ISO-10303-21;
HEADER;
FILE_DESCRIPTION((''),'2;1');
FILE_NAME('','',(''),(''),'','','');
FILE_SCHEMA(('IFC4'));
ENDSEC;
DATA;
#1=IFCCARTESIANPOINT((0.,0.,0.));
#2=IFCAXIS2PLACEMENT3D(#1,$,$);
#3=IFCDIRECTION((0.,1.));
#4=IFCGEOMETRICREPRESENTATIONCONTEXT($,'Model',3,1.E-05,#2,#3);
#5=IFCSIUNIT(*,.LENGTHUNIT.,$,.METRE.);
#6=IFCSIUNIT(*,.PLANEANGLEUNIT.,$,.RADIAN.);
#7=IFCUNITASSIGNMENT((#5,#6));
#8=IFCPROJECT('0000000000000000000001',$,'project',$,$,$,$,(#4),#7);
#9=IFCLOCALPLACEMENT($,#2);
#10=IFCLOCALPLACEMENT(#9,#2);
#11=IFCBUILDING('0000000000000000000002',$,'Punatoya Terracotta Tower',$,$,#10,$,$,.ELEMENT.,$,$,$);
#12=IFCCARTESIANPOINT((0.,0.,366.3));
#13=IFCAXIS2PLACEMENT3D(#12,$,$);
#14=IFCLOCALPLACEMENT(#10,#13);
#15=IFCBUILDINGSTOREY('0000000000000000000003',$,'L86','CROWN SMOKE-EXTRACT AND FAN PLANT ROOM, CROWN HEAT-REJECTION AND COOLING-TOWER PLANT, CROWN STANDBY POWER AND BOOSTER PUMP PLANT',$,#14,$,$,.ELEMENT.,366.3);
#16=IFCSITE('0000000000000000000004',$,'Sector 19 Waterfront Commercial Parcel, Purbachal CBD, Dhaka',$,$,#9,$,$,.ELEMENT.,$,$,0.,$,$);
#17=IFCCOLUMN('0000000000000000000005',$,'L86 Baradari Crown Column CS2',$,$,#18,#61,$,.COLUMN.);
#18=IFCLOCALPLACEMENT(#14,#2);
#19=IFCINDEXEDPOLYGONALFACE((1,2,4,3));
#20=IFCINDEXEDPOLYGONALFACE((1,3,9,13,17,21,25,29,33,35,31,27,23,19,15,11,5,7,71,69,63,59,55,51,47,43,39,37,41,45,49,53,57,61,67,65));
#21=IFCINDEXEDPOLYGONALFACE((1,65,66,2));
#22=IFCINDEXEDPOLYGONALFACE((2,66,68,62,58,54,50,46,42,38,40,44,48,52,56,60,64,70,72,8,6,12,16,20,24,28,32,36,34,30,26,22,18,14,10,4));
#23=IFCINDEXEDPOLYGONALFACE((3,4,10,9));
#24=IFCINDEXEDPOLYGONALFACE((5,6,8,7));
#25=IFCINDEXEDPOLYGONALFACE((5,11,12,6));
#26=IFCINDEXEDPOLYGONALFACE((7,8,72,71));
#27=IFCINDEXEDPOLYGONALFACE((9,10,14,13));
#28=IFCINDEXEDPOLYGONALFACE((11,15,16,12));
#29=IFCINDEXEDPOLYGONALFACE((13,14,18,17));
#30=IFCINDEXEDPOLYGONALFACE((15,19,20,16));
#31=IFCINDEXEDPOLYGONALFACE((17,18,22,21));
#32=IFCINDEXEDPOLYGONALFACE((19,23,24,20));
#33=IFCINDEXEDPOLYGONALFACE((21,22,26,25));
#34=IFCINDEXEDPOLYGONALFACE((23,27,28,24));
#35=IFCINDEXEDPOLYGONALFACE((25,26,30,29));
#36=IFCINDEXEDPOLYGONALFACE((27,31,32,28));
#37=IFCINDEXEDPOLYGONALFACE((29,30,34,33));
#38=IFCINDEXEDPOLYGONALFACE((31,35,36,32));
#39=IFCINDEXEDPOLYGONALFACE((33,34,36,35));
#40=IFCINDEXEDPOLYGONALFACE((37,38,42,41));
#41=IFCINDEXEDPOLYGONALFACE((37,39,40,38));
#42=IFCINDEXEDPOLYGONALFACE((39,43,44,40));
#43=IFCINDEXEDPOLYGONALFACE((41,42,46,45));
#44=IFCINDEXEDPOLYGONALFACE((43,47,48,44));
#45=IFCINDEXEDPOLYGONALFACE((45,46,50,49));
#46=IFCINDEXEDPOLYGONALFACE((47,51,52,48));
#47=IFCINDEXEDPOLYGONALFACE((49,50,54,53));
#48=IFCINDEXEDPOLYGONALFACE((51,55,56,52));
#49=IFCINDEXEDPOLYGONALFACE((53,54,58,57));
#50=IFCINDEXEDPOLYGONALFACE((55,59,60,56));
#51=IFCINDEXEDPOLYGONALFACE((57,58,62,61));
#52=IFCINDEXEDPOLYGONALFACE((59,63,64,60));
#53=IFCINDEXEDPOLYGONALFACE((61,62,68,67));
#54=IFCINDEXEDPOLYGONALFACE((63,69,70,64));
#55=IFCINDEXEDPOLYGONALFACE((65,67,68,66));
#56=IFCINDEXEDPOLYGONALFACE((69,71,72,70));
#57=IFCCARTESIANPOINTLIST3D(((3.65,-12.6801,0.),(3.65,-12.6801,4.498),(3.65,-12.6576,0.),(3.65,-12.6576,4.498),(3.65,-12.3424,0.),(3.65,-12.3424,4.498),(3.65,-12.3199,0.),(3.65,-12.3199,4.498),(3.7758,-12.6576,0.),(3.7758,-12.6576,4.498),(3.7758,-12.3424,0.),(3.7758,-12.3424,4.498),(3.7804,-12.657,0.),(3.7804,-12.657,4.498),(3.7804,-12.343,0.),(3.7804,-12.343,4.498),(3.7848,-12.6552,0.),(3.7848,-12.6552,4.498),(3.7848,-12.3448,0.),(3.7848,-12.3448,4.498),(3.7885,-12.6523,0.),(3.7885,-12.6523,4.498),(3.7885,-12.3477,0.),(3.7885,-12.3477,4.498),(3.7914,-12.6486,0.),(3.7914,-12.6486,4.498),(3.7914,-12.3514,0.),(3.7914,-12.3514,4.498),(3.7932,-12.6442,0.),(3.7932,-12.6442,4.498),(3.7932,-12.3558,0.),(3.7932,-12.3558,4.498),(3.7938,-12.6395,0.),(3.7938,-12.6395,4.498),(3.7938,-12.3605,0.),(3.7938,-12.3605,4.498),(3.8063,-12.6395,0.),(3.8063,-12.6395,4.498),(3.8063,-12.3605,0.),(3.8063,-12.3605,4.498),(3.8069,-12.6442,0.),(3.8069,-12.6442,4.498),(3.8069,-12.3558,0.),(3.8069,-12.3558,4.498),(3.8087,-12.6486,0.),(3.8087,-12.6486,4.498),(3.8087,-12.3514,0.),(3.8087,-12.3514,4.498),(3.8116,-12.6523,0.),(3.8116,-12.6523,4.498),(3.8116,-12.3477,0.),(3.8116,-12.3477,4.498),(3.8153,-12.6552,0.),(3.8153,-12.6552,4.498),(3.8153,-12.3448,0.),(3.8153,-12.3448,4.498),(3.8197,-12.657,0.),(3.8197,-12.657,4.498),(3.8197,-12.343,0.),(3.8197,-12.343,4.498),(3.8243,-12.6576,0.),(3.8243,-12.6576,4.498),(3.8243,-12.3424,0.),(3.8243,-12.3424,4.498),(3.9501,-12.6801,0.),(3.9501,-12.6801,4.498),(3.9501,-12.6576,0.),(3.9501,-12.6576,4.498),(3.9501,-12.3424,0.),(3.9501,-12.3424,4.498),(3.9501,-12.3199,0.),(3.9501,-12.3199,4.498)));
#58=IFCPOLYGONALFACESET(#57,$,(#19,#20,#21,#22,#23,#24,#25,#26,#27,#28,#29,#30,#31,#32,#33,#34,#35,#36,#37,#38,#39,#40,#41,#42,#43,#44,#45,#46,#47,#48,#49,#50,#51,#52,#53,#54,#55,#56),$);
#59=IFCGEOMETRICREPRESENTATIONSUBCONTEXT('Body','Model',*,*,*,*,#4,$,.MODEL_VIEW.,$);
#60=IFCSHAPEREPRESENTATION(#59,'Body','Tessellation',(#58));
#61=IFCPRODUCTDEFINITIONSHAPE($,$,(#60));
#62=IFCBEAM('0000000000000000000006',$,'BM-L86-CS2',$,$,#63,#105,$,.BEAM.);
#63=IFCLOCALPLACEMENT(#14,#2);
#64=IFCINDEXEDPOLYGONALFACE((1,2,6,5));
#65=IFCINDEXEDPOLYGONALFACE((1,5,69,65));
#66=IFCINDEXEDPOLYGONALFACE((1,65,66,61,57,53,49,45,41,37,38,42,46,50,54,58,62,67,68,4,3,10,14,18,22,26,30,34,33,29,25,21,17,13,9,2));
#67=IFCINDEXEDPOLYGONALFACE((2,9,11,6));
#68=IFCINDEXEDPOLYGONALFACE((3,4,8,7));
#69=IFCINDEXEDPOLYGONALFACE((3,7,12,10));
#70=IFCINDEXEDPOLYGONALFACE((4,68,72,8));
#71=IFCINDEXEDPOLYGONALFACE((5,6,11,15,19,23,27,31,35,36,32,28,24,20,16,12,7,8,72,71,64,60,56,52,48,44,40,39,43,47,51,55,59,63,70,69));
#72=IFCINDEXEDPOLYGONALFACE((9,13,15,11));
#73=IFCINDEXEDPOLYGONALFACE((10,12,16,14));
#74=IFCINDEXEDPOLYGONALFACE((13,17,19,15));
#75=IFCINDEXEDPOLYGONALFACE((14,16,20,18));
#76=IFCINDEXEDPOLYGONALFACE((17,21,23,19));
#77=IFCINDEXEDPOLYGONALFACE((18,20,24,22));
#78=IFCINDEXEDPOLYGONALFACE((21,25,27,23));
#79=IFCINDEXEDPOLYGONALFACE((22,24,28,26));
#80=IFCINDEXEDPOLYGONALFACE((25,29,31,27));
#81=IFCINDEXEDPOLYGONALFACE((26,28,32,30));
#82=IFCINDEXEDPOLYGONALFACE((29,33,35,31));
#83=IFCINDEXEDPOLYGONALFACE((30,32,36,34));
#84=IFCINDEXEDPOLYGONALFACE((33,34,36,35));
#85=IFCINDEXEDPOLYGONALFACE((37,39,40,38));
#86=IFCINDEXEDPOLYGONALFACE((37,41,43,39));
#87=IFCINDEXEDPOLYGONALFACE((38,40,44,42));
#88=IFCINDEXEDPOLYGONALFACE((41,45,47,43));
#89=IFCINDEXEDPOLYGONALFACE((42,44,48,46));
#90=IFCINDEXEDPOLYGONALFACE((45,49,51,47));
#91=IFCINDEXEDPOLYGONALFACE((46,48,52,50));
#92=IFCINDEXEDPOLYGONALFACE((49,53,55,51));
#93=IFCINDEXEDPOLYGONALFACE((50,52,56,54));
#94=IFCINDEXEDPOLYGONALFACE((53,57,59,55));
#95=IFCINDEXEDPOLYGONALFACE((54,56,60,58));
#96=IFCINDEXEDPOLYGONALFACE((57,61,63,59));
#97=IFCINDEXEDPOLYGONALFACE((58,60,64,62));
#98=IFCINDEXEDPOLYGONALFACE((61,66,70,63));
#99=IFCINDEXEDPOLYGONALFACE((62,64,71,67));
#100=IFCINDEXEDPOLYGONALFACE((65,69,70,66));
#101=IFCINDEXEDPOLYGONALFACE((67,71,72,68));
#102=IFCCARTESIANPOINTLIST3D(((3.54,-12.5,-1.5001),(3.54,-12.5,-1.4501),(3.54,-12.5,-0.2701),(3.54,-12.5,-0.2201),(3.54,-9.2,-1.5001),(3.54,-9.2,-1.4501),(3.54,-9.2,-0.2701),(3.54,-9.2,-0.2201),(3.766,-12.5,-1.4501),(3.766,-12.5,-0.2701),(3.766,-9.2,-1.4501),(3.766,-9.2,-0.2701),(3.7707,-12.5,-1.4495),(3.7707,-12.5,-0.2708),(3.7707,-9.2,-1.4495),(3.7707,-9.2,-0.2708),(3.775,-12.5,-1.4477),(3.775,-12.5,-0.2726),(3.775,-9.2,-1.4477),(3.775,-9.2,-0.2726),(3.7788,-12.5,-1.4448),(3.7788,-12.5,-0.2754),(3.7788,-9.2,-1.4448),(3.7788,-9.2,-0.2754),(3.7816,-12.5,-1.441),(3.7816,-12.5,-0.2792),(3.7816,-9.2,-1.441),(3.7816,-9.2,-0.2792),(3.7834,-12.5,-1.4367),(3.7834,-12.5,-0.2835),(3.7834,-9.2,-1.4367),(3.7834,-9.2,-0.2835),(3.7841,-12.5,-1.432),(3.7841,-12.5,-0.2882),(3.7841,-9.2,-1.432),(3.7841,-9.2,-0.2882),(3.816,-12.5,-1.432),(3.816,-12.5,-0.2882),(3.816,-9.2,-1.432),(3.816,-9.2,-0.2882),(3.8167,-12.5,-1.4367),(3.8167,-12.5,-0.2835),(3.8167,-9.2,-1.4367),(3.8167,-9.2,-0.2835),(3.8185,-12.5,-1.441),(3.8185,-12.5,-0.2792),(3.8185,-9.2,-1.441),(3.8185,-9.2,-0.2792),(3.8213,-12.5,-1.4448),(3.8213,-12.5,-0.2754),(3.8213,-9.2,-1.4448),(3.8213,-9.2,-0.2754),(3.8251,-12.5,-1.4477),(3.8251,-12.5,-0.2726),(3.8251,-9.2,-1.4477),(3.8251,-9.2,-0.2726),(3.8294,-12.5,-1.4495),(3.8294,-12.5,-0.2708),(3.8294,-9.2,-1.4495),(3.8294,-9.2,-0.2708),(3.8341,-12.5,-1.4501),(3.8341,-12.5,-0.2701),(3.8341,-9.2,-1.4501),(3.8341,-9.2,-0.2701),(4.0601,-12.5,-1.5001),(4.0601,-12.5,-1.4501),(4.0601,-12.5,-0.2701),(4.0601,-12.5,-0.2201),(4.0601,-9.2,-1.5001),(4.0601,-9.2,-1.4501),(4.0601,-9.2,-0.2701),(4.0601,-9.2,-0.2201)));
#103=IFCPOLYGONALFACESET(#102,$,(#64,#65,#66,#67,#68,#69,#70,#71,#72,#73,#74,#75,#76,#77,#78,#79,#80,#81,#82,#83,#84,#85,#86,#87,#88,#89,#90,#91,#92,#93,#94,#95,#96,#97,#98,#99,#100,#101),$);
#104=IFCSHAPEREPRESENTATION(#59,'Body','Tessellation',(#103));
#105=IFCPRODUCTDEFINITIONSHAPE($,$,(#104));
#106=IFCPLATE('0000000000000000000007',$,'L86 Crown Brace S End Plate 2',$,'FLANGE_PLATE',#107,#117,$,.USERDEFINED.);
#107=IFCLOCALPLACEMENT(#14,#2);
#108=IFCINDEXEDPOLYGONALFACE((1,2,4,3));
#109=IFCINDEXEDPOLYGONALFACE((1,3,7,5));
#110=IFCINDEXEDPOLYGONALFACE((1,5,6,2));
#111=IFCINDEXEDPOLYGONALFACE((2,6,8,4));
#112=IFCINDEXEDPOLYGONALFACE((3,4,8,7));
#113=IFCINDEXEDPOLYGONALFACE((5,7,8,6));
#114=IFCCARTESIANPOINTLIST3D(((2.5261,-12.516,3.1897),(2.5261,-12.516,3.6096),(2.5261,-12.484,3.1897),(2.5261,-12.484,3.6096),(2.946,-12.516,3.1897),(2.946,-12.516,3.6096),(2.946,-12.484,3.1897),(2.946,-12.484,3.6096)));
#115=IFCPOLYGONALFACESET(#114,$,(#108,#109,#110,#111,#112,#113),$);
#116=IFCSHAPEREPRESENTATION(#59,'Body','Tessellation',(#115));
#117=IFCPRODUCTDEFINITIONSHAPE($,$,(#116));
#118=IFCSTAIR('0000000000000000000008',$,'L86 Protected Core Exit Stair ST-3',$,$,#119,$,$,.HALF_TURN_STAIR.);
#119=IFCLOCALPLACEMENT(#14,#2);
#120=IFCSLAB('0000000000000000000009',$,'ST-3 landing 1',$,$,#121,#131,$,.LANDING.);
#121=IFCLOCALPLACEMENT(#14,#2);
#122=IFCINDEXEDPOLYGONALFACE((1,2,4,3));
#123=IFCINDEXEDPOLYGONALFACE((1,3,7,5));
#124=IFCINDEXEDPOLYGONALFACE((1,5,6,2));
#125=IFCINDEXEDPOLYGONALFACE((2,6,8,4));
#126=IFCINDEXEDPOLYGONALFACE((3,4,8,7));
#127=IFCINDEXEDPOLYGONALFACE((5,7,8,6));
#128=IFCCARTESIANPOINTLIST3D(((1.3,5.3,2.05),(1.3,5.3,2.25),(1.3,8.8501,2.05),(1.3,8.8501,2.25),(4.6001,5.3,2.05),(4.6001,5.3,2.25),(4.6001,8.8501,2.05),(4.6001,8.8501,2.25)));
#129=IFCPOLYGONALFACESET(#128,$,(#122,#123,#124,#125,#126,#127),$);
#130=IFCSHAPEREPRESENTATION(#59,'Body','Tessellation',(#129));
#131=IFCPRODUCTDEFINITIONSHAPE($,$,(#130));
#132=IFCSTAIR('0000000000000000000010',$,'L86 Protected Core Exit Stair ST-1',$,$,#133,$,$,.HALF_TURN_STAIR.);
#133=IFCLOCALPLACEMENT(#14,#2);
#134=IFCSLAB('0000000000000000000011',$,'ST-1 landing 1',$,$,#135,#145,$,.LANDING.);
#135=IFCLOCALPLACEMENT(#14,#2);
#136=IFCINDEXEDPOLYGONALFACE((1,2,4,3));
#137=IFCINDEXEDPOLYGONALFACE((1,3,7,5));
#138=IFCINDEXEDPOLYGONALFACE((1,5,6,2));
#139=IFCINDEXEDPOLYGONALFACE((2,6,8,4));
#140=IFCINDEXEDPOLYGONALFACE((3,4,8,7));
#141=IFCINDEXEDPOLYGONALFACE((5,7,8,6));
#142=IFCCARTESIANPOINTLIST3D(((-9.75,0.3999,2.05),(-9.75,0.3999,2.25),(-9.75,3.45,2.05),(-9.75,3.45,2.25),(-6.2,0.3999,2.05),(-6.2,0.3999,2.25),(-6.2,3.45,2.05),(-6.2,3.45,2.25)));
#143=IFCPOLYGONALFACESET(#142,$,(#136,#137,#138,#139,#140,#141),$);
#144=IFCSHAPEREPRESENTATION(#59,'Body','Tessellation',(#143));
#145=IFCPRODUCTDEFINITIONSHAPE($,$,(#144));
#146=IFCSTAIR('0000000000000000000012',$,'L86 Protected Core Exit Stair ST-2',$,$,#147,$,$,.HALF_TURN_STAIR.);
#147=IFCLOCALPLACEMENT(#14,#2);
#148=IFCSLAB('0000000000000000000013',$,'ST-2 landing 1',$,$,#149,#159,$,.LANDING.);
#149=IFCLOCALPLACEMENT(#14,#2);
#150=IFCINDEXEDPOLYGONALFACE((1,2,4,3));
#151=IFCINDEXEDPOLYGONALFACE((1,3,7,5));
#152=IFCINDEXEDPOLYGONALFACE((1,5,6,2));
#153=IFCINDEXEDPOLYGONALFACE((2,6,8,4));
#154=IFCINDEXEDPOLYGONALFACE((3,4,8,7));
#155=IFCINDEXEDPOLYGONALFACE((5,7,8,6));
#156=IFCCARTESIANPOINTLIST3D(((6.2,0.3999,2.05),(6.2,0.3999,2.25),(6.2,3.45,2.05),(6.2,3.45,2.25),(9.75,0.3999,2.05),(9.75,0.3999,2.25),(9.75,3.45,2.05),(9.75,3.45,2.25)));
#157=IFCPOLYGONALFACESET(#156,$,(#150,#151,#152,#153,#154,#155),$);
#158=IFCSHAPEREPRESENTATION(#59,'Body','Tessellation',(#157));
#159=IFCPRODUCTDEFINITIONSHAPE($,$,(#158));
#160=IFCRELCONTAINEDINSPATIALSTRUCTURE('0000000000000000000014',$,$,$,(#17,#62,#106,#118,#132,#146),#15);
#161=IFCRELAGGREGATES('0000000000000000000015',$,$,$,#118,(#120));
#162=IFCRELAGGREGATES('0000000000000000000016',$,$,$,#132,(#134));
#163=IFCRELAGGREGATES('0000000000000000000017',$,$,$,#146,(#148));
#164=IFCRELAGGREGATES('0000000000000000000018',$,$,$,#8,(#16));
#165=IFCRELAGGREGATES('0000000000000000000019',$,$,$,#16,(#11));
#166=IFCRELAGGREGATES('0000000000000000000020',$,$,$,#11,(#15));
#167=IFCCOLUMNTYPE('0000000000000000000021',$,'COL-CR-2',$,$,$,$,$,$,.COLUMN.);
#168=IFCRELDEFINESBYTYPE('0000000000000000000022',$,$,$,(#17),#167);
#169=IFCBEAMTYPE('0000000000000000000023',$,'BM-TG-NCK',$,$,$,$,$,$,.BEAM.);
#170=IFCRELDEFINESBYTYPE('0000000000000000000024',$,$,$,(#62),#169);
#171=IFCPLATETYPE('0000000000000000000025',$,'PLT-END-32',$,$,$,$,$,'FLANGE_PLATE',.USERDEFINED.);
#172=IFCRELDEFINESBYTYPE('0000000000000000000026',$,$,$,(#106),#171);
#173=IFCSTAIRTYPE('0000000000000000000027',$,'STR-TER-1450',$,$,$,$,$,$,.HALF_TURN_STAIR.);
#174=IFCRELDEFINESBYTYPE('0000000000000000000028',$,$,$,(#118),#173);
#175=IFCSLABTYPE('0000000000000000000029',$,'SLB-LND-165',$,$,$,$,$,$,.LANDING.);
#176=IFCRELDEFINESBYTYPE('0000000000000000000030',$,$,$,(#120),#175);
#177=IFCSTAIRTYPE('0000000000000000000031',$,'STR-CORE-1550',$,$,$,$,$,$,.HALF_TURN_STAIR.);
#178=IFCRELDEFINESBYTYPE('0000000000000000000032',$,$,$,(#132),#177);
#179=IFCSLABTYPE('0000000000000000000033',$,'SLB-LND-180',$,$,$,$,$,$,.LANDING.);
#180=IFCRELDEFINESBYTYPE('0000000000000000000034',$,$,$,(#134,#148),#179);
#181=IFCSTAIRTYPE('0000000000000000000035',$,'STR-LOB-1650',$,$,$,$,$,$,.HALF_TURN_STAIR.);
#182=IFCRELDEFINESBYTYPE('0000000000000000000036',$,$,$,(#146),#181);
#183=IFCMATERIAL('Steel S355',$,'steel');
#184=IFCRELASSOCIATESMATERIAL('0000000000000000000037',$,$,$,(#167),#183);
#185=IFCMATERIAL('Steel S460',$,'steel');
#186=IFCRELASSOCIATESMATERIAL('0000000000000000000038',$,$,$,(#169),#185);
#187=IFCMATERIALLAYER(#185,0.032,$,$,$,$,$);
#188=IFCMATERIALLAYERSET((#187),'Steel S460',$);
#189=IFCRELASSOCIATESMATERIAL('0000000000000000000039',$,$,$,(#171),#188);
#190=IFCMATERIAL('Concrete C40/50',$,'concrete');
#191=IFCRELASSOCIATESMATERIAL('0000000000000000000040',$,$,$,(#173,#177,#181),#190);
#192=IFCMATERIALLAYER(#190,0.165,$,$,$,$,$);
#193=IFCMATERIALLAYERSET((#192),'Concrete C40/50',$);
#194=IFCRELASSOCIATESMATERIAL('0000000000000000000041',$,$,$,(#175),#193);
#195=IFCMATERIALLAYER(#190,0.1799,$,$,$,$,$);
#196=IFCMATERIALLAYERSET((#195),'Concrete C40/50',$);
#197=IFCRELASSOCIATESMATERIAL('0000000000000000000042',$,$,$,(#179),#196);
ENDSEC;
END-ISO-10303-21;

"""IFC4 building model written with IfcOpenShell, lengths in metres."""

from ifc_helpers import new_model, si_unit, direction, frame, origin, origin_2d, place, context, subcontext, project, spatial, polyline, rectangle, i_section, outline, extrude, material, layer, layer_set, material_profile, profile_set, type_object, element, aggregate, save


model = new_model("IFC4")

# Units and contexts
model_context = context("Model", 3, precision=1e-05, world=origin(), true_north=direction((0.0, 1.0)))
body_context = subcontext(model_context, "Body", "Model", "MODEL_VIEW")
ifc_project = project(units=[si_unit("LENGTHUNIT", "METRE"), si_unit("PLANEANGLEUNIT", "RADIAN")], contexts=[model_context])

# Site, building, storey
site_placement = place(None, origin())
site = spatial("IfcSite", under=ifc_project, at=site_placement, Name="Sector 19 Waterfront Commercial Parcel, Purbachal CBD, Dhaka", CompositionType="ELEMENT", RefElevation=0.0)
building_placement = place(site_placement, origin())
building = spatial("IfcBuilding", under=site, at=building_placement, Name="Punatoya Terracotta Tower", CompositionType="ELEMENT")
storey_placement = place(building_placement, frame((0.0, 0.0, 366.3)))
storey = spatial("IfcBuildingStorey", under=building, at=storey_placement, Name="L86", Description="CROWN SMOKE-EXTRACT AND FAN PLANT ROOM, CROWN HEAT-REJECTION AND COOLING-TOWER PLANT, CROWN STANDBY POWER AND BOOSTER PUMP PLANT", CompositionType="ELEMENT", Elevation=366.3)

# Column
ifc_material_1 = material(Name="Steel S355", Category="steel")
ifc_material_profile_1 = material_profile(ifc_material_1, i_section(OverallWidth=0.3, OverallDepth=0.3601, WebThickness=0.0125, FlangeThickness=0.0225, FilletRadius=0.0181, at=origin_2d()))
ifc_profile_set_1 = profile_set([ifc_material_profile_1], Name="Steel S355")
column_type = type_object("IfcColumnType", Name="COL-CR-2", PredefinedType="COLUMN", material=ifc_profile_set_1)
column_placement = place(storey_placement, frame((3.8, -12.5, 0.0), z_axis=(0.0, 0.0, 1.0), x_axis=(1.0, 0.0, 0.0)))
element("IfcColumn", 1, at=column_placement, inside=storey, type_object=column_type, Name="L86 Baradari Crown Column CS2", PredefinedType="COLUMN", context=body_context, shape_type="SweptSolid", body=[
    extrude(i_section(OverallWidth=0.3, OverallDepth=0.3601, WebThickness=0.0125, FlangeThickness=0.0225, FilletRadius=0.0181, at=origin_2d()), origin(), (0.0, 0.0, 1.0), 4.498),
])

# Beam
ifc_material_2 = material(Name="Steel S460", Category="steel")
ifc_material_profile_2 = material_profile(ifc_material_2, i_section(OverallWidth=0.52, OverallDepth=1.28, WebThickness=0.032, FlangeThickness=0.05, FilletRadius=0.0181, at=origin_2d()))
ifc_profile_set_2 = profile_set([ifc_material_profile_2], Name="Steel S460")
beam_type = type_object("IfcBeamType", Name="BM-TG-NCK", PredefinedType="BEAM", material=ifc_profile_set_2)
beam_placement = place(storey_placement, frame((3.8, -12.5, -0.8601), z_axis=(0.0, 1.0, 0.0), x_axis=(-1.0, 0.0, 0.0)))
element("IfcBeam", 2, at=beam_placement, inside=storey, type_object=beam_type, Name="BM-L86-CS2", PredefinedType="BEAM", context=body_context, shape_type="SweptSolid", body=[
    extrude(i_section(OverallWidth=0.52, OverallDepth=1.28, WebThickness=0.032, FlangeThickness=0.05, FilletRadius=0.0181, at=origin_2d()), origin(), (0.0, 0.0, 1.0), 3.3),
])

# Plate
ifc_layer_1 = layer(ifc_material_2, 0.032)
ifc_layer_set_1 = layer_set([ifc_layer_1], Name="Steel S460")
plate_type = type_object("IfcPlateType", Name="PLT-END-32", ElementType="FLANGE_PLATE", PredefinedType="USERDEFINED", material=ifc_layer_set_1)
plate_placement = place(storey_placement, frame((2.7361, -12.5, 3.1897), z_axis=(0.0, 0.0, 1.0), x_axis=(1.0, 0.0, 0.0)))
element("IfcPlate", 3, at=plate_placement, inside=storey, type_object=plate_type, Name="L86 Crown Brace S End Plate 2", ObjectType="FLANGE_PLATE", PredefinedType="USERDEFINED", context=body_context, shape_type="SweptSolid", body=[
    extrude(rectangle(XDim=0.4199, YDim=0.032, at=origin_2d()), origin(), (0.0, 0.0, 1.0), 0.4199),
])

# Stairs, slabs
ifc_material_3 = material(Name="Concrete C40/50", Category="concrete")
stair_type_1 = type_object("IfcStairType", Name="STR-TER-1450", PredefinedType="HALF_TURN_STAIR", material=ifc_material_3)
stair_1_placement = place(storey_placement, origin())
stair_1 = element("IfcStair", 4, at=stair_1_placement, inside=storey, type_object=stair_type_1, Name="L86 Protected Core Exit Stair ST-3", PredefinedType="HALF_TURN_STAIR")
ifc_layer_2 = layer(ifc_material_3, 0.165)
ifc_layer_set_2 = layer_set([ifc_layer_2], Name="Concrete C40/50")
slab_type_1 = type_object("IfcSlabType", Name="SLB-LND-165", PredefinedType="LANDING", material=ifc_layer_set_2)
slab_1_placement = place(storey_placement, frame((0.0, 0.0, 2.05)))
slab_1 = element("IfcSlab", 5, at=slab_1_placement, type_object=slab_type_1, Name="ST-3 landing 1", PredefinedType="LANDING", context=body_context, shape_type="SweptSolid", body=[
    extrude(outline(polyline([(1.3, 5.3), (4.6001, 5.3), (4.6001, 8.8501), (1.3, 8.8501), (1.3, 5.3)])), origin(), (0.0, 0.0, 1.0), 0.2),
])
aggregate(stair_1, [slab_1])
stair_type_2 = type_object("IfcStairType", Name="STR-CORE-1550", PredefinedType="HALF_TURN_STAIR", material=ifc_material_3)
stair_2_placement = place(storey_placement, origin())
stair_2 = element("IfcStair", 6, at=stair_2_placement, inside=storey, type_object=stair_type_2, Name="L86 Protected Core Exit Stair ST-1", PredefinedType="HALF_TURN_STAIR")
ifc_layer_3 = layer(ifc_material_3, 0.1799)
ifc_layer_set_3 = layer_set([ifc_layer_3], Name="Concrete C40/50")
slab_type_2 = type_object("IfcSlabType", Name="SLB-LND-180", PredefinedType="LANDING", material=ifc_layer_set_3)
slab_2_placement = place(storey_placement, frame((0.0, 0.0, 2.05)))
slab_2 = element("IfcSlab", 7, at=slab_2_placement, type_object=slab_type_2, Name="ST-1 landing 1", PredefinedType="LANDING", context=body_context, shape_type="SweptSolid", body=[
    extrude(outline(polyline([(-6.2, 0.3999), (-6.2, 3.45), (-9.75, 3.45), (-9.75, 0.3999), (-6.2, 0.3999)])), origin(), (0.0, 0.0, 1.0), 0.2),
])
aggregate(stair_2, [slab_2])
stair_type_3 = type_object("IfcStairType", Name="STR-LOB-1650", PredefinedType="HALF_TURN_STAIR", material=ifc_material_3)
stair_3_placement = place(storey_placement, origin())
stair_3 = element("IfcStair", 8, at=stair_3_placement, inside=storey, type_object=stair_type_3, Name="L86 Protected Core Exit Stair ST-2", PredefinedType="HALF_TURN_STAIR")
slab_3_placement = place(storey_placement, frame((0.0, 0.0, 2.05)))
slab_3 = element("IfcSlab", 9, at=slab_3_placement, type_object=slab_type_2, Name="ST-2 landing 1", PredefinedType="LANDING", context=body_context, shape_type="SweptSolid", body=[
    extrude(outline(polyline([(9.75, 0.3999), (9.75, 3.45), (6.2, 3.45), (6.2, 0.3999), (9.75, 0.3999)])), origin(), (0.0, 0.0, 1.0), 0.2),
])
aggregate(stair_3, [slab_3])

save(model, "model.ifc")
